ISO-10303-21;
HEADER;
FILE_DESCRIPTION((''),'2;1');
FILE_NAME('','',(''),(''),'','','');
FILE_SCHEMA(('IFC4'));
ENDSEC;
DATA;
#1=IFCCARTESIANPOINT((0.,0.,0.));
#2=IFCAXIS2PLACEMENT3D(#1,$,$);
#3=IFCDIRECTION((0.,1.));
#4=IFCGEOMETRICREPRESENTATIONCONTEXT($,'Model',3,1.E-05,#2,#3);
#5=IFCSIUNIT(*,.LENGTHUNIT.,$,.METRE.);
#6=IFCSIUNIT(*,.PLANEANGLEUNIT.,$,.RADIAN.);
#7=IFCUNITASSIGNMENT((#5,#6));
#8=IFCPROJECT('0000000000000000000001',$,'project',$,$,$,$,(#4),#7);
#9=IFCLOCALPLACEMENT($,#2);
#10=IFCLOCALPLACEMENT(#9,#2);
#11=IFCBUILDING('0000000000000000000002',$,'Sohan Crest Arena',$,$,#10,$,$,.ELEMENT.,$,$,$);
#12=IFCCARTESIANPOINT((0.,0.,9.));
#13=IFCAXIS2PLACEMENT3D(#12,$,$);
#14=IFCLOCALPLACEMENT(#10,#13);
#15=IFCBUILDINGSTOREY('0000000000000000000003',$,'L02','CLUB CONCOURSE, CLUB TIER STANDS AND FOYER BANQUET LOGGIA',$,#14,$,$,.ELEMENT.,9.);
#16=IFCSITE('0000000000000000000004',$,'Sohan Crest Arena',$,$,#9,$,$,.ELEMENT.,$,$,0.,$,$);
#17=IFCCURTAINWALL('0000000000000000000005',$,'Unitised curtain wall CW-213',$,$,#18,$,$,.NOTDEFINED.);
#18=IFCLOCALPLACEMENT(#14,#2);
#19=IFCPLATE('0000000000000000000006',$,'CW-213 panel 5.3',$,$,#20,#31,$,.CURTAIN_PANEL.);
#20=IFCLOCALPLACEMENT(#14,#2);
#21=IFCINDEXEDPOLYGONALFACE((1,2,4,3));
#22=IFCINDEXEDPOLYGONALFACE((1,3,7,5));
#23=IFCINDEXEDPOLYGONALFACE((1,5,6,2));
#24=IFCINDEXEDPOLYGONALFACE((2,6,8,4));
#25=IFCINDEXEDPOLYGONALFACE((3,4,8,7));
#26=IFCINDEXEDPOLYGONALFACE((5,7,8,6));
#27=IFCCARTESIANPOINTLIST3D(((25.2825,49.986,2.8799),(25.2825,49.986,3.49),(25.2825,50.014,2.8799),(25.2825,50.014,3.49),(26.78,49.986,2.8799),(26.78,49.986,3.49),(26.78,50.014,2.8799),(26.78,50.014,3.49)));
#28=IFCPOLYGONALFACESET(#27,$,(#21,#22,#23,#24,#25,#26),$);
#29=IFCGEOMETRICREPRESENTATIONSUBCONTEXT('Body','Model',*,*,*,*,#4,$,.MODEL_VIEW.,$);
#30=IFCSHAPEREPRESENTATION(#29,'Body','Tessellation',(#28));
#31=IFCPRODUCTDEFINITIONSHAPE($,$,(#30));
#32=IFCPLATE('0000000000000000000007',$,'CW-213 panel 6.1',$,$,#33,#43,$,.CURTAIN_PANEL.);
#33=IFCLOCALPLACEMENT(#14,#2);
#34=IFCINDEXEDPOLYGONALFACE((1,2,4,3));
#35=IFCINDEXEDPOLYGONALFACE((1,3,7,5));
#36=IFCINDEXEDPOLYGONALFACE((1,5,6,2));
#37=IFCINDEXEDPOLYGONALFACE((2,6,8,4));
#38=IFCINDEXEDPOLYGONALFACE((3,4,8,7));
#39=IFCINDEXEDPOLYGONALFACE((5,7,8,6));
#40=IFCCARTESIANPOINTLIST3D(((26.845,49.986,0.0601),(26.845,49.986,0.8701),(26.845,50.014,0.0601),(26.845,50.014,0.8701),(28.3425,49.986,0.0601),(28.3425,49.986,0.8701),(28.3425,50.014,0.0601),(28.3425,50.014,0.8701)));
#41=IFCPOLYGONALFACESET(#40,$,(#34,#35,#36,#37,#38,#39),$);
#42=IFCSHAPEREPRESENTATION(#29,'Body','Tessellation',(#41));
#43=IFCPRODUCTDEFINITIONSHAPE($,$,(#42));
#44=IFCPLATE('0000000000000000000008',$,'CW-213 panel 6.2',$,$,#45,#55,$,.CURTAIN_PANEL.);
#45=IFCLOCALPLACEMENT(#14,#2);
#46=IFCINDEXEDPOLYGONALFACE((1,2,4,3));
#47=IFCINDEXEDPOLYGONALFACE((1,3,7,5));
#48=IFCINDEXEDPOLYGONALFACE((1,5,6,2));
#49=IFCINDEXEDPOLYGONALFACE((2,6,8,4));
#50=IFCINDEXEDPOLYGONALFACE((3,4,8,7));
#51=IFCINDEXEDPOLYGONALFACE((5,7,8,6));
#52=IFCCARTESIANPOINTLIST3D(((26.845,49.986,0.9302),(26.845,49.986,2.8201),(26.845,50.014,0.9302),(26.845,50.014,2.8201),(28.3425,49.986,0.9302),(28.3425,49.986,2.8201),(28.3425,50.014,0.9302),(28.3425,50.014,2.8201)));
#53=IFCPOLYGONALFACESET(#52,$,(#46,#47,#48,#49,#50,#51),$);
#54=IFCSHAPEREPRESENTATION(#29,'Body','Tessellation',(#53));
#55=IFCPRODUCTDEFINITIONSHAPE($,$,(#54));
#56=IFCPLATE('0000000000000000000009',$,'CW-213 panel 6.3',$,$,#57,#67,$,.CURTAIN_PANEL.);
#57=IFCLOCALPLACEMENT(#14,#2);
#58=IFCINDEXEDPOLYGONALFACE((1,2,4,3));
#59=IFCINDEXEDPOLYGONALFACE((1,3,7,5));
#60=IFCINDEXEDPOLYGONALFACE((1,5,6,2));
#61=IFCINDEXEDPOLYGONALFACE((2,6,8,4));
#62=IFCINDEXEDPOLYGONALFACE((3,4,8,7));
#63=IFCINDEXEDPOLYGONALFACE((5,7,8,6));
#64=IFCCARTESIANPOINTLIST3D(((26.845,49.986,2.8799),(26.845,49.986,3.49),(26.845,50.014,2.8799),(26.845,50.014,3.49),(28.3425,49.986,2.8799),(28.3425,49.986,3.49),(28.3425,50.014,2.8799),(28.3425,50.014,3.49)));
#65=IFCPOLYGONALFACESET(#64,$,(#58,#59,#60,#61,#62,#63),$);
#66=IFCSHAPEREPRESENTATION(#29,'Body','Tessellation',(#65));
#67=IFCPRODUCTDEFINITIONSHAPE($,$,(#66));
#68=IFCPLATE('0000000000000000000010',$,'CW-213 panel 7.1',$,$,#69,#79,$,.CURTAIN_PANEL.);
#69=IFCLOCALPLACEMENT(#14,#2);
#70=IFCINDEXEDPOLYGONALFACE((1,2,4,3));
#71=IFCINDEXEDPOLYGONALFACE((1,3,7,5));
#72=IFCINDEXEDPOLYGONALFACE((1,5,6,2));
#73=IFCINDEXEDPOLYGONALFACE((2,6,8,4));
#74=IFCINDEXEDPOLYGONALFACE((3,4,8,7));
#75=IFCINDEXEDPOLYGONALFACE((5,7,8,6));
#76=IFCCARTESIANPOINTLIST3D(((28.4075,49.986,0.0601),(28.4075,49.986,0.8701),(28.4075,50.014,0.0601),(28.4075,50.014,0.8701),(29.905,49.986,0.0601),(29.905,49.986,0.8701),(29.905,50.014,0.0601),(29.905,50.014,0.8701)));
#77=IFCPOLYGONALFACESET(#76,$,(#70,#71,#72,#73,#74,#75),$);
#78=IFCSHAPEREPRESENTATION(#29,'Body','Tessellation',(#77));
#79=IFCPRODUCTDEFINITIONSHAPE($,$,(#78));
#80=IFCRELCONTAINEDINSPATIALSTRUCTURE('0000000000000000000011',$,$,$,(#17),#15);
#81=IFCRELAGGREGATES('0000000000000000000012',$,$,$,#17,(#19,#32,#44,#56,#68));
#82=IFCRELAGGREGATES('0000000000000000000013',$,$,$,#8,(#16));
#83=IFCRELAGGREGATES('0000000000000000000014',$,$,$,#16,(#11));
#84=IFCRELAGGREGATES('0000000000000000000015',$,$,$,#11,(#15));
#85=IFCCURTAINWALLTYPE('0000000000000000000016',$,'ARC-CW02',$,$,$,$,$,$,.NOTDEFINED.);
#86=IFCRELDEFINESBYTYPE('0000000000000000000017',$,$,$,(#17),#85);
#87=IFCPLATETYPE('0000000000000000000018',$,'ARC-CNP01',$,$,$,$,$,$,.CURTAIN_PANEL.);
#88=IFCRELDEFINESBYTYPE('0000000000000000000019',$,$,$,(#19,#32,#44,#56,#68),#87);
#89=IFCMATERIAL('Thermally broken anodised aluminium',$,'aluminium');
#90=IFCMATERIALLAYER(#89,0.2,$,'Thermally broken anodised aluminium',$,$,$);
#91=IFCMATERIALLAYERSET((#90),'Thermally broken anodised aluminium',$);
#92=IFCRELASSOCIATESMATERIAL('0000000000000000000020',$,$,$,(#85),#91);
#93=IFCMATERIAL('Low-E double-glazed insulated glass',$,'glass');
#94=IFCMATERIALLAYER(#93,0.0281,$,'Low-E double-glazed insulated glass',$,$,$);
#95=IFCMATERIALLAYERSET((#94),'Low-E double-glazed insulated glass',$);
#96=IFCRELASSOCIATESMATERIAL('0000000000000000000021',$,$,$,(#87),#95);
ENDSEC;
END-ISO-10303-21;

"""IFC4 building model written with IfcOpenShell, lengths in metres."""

from ifc_helpers import new_model, si_unit, direction, frame, origin, origin_2d, place, context, subcontext, project, spatial, rectangle, extrude, material, layer, layer_set, type_object, element, aggregate, save


model = new_model("IFC4")

# Units and contexts
model_context = context("Model", 3, precision=1e-05, world=origin(), true_north=direction((0.0, 1.0)))
body_context = subcontext(model_context, "Body", "Model", "MODEL_VIEW")
ifc_project = project(units=[si_unit("LENGTHUNIT", "METRE"), si_unit("PLANEANGLEUNIT", "RADIAN")], contexts=[model_context])

# Site, building, storey
site_placement = place(None, origin())
site = spatial("IfcSite", under=ifc_project, at=site_placement, Name="Sohan Crest Arena", CompositionType="ELEMENT", RefElevation=0.0)
building_placement = place(site_placement, origin())
building = spatial("IfcBuilding", under=site, at=building_placement, Name="Sohan Crest Arena", CompositionType="ELEMENT")
storey_placement = place(building_placement, frame((0.0, 0.0, 9.0)))
storey = spatial("IfcBuildingStorey", under=building, at=storey_placement, Name="L02", Description="CLUB CONCOURSE, CLUB TIER STANDS AND FOYER BANQUET LOGGIA", CompositionType="ELEMENT", Elevation=9.0)

# Curtain wall, plates
ifc_material_1 = material(Name="Thermally broken anodised aluminium", Category="aluminium")
ifc_layer_1 = layer(ifc_material_1, 0.2, Name="Thermally broken anodised aluminium")
ifc_layer_set_1 = layer_set([ifc_layer_1], Name="Thermally broken anodised aluminium")
curtain_wall_type = type_object("IfcCurtainWallType", Name="ARC-CW02", PredefinedType="NOTDEFINED", material=ifc_layer_set_1)
curtain_wall_placement = place(storey_placement, origin())
curtain_wall = element("IfcCurtainWall", 1, at=curtain_wall_placement, inside=storey, type_object=curtain_wall_type, Name="Unitised curtain wall CW-213", PredefinedType="NOTDEFINED")
ifc_material_2 = material(Name="Low-E double-glazed insulated glass", Category="glass")
ifc_layer_2 = layer(ifc_material_2, 0.0281, Name="Low-E double-glazed insulated glass")
ifc_layer_set_2 = layer_set([ifc_layer_2], Name="Low-E double-glazed insulated glass")
plate_type = type_object("IfcPlateType", Name="ARC-CNP01", PredefinedType="CURTAIN_PANEL", material=ifc_layer_set_2)
plate_1_placement = place(storey_placement, frame((26.0312, 50.0, 2.8799), z_axis=(0.0, 0.0, 1.0), x_axis=(1.0, 0.0, 0.0)))
plate_1 = element("IfcPlate", 2, at=plate_1_placement, type_object=plate_type, Name="CW-213 panel 5.3", PredefinedType="CURTAIN_PANEL", context=body_context, shape_type="SweptSolid", body=[
    extrude(rectangle(XDim=1.4976, YDim=0.0281, at=origin_2d()), origin(), (0.0, 0.0, 1.0), 0.6101),
])
plate_2_placement = place(storey_placement, frame((27.5938, 50.0, 0.0601), z_axis=(0.0, 0.0, 1.0), x_axis=(1.0, 0.0, 0.0)))
plate_2 = element("IfcPlate", 3, at=plate_2_placement, type_object=plate_type, Name="CW-213 panel 6.1", PredefinedType="CURTAIN_PANEL", context=body_context, shape_type="SweptSolid", body=[
    extrude(rectangle(XDim=1.4976, YDim=0.0281, at=origin_2d()), origin(), (0.0, 0.0, 1.0), 0.8101),
])
plate_3_placement = place(storey_placement, frame((27.5938, 50.0, 0.9302), z_axis=(0.0, 0.0, 1.0), x_axis=(1.0, 0.0, 0.0)))
plate_3 = element("IfcPlate", 4, at=plate_3_placement, type_object=plate_type, Name="CW-213 panel 6.2", PredefinedType="CURTAIN_PANEL", context=body_context, shape_type="SweptSolid", body=[
    extrude(rectangle(XDim=1.4976, YDim=0.0281, at=origin_2d()), origin(), (0.0, 0.0, 1.0), 1.8899),
])
plate_4_placement = place(storey_placement, frame((27.5938, 50.0, 2.8799), z_axis=(0.0, 0.0, 1.0), x_axis=(1.0, 0.0, 0.0)))
plate_4 = element("IfcPlate", 5, at=plate_4_placement, type_object=plate_type, Name="CW-213 panel 6.3", PredefinedType="CURTAIN_PANEL", context=body_context, shape_type="SweptSolid", body=[
    extrude(rectangle(XDim=1.4976, YDim=0.0281, at=origin_2d()), origin(), (0.0, 0.0, 1.0), 0.6101),
])
plate_5_placement = place(storey_placement, frame((29.1562, 50.0, 0.0601), z_axis=(0.0, 0.0, 1.0), x_axis=(1.0, 0.0, 0.0)))
plate_5 = element("IfcPlate", 6, at=plate_5_placement, type_object=plate_type, Name="CW-213 panel 7.1", PredefinedType="CURTAIN_PANEL", context=body_context, shape_type="SweptSolid", body=[
    extrude(rectangle(XDim=1.4976, YDim=0.0281, at=origin_2d()), origin(), (0.0, 0.0, 1.0), 0.8101),
])
aggregate(curtain_wall, [plate_1, plate_2, plate_3, plate_4, plate_5])

save(model, "model.ifc")
